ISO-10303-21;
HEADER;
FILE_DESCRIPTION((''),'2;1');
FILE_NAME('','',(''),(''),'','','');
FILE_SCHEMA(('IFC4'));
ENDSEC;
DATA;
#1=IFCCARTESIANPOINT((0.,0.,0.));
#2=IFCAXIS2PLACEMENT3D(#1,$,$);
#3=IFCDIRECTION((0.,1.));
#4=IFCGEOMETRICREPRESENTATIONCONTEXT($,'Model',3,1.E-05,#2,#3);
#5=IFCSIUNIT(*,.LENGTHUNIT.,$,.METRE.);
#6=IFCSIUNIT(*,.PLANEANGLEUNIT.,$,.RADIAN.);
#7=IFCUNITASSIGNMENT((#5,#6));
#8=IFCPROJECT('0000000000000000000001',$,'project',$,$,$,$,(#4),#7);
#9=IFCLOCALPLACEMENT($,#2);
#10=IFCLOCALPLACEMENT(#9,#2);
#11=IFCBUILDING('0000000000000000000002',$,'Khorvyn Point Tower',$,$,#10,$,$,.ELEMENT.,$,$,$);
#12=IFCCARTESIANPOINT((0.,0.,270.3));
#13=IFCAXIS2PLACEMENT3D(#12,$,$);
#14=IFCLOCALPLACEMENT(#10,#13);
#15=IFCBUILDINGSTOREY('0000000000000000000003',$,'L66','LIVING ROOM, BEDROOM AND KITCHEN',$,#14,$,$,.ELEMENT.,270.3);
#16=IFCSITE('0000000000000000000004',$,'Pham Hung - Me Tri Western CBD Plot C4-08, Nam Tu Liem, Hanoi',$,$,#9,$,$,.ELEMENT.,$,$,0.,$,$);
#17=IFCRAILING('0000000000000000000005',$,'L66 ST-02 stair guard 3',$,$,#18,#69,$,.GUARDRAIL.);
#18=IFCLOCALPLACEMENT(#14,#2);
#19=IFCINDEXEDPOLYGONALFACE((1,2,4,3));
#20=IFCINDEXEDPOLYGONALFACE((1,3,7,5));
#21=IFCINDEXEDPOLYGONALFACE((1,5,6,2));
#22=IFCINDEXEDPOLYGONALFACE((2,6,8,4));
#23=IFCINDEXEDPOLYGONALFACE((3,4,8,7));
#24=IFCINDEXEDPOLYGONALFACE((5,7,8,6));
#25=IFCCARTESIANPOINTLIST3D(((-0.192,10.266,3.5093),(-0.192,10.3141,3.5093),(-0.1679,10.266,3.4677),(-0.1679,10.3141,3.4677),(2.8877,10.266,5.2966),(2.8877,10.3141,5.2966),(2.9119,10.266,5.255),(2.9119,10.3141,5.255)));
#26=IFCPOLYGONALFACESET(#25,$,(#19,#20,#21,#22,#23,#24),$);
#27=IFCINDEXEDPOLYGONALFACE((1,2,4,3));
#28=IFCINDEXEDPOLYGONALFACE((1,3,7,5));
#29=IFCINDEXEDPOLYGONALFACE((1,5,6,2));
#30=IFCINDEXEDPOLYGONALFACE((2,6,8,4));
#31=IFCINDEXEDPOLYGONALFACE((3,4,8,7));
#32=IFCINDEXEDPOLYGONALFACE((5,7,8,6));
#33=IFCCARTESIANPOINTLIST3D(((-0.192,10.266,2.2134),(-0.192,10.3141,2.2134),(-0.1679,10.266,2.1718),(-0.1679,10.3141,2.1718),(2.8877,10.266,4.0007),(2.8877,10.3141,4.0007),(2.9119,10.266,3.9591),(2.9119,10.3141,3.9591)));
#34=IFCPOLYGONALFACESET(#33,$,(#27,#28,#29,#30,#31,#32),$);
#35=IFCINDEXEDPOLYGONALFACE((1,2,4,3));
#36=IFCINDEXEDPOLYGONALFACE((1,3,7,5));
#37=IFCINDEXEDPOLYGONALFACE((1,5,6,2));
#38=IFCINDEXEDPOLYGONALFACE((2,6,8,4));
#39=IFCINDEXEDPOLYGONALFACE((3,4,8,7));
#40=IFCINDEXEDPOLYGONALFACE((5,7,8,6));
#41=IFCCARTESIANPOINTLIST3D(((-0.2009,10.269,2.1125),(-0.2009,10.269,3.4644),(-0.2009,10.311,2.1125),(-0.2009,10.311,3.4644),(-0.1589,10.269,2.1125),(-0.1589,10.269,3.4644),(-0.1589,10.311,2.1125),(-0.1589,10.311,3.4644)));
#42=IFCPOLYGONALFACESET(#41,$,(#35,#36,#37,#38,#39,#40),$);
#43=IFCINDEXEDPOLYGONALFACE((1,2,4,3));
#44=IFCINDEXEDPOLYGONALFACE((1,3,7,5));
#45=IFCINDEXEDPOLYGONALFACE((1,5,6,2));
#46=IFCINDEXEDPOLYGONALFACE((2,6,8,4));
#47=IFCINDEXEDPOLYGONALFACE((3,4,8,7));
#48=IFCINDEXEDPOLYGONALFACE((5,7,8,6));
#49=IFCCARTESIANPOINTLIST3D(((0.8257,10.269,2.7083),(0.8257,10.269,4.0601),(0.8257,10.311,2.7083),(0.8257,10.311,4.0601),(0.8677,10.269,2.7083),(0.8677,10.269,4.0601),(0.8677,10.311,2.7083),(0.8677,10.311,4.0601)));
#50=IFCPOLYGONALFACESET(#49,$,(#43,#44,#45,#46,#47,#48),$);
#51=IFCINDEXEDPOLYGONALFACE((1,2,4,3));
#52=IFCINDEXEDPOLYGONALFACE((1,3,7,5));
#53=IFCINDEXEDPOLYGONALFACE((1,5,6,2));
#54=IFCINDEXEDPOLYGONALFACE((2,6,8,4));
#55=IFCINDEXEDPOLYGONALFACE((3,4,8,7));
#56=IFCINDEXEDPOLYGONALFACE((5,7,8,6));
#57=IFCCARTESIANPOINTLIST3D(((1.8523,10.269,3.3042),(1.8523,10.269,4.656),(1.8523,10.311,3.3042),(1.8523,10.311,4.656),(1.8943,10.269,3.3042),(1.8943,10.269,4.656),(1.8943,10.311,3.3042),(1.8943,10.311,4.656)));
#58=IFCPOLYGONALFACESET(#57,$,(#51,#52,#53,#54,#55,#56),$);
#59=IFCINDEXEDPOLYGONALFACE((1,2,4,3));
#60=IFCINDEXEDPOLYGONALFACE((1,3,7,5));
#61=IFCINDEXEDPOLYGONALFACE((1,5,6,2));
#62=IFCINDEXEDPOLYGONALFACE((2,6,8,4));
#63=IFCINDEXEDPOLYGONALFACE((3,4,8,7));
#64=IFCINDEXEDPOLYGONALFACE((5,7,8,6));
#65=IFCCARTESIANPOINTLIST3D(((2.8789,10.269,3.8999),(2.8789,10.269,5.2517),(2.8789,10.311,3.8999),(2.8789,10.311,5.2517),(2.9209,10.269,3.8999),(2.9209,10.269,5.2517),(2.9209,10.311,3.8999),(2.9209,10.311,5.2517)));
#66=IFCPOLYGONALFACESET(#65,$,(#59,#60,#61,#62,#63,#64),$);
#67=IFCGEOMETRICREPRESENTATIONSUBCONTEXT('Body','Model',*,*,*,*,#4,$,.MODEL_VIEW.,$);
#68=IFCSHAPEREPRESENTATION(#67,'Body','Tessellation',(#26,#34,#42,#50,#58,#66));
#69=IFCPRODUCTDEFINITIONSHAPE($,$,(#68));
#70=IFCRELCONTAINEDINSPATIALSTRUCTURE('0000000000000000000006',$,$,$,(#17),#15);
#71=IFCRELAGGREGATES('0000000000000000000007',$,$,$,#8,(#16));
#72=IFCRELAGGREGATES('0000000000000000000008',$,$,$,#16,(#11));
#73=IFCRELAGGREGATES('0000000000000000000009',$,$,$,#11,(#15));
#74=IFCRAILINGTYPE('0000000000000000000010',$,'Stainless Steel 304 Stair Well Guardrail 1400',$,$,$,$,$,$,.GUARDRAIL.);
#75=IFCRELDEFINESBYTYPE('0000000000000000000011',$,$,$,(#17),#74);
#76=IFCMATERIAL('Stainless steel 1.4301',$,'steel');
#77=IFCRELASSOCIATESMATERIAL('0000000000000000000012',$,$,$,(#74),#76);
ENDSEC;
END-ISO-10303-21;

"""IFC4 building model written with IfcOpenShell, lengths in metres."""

from ifc_helpers import new_model, si_unit, direction, frame, origin, origin_2d, place, context, subcontext, project, spatial, rectangle, extrude, material, type_object, element, save


model = new_model("IFC4")

# Units and contexts
model_context = context("Model", 3, precision=1e-05, world=origin(), true_north=direction((0.0, 1.0)))
body_context = subcontext(model_context, "Body", "Model", "MODEL_VIEW")
ifc_project = project(units=[si_unit("LENGTHUNIT", "METRE"), si_unit("PLANEANGLEUNIT", "RADIAN")], contexts=[model_context])

# Site, building, storey
site_placement = place(None, origin())
site = spatial("IfcSite", under=ifc_project, at=site_placement, Name="Pham Hung - Me Tri Western CBD Plot C4-08, Nam Tu Liem, Hanoi", CompositionType="ELEMENT", RefElevation=0.0)
building_placement = place(site_placement, origin())
building = spatial("IfcBuilding", under=site, at=building_placement, Name="Khorvyn Point Tower", CompositionType="ELEMENT")
storey_placement = place(building_placement, frame((0.0, 0.0, 270.3)))
storey = spatial("IfcBuildingStorey", under=building, at=storey_placement, Name="L66", Description="LIVING ROOM, BEDROOM AND KITCHEN", CompositionType="ELEMENT", Elevation=270.3)

# Railing
ifc_material_1 = material(Name="Stainless steel 1.4301", Category="steel")
railing_type_1 = type_object("IfcRailingType", Name="Stainless Steel 304 Stair Well Guardrail 1400", PredefinedType="GUARDRAIL", material=ifc_material_1)
railing_1_placement = place(storey_placement, frame((-0.1799, 10.29, 2.1125)))
element("IfcRailing", 1, at=railing_1_placement, inside=storey, type_object=railing_type_1, Name="L66 ST-02 stair guard 3", PredefinedType="GUARDRAIL", context=body_context, shape_type="SweptSolid", body=[
    extrude(rectangle(XDim=0.0481, YDim=0.0481, at=origin_2d()), frame((0.0, 0.0, 1.376), z_axis=(0.864903, 0.0, 0.501939), x_axis=(0.0, 1.0, 0.0)), (0.0, 0.0, 1.0), 3.5608),
    extrude(rectangle(XDim=0.0481, YDim=0.0481, at=origin_2d()), frame((0.0, 0.0, 0.0801), z_axis=(0.864903, 0.0, 0.501939), x_axis=(0.0, 1.0, 0.0)), (0.0, 0.0, 1.0), 3.5608),
    extrude(rectangle(XDim=0.042, YDim=0.042, at=origin_2d()), origin(), (0.0, 0.0, 1.0), 1.3518),
    extrude(rectangle(XDim=0.042, YDim=0.042, at=origin_2d()), frame((1.0266, 0.0, 0.5957)), (0.0, 0.0, 1.0), 1.3518),
    extrude(rectangle(XDim=0.042, YDim=0.042, at=origin_2d()), frame((2.0532, 0.0, 1.1917)), (0.0, 0.0, 1.0), 1.3518),
    extrude(rectangle(XDim=0.042, YDim=0.042, at=origin_2d()), frame((3.0798, 0.0, 1.7874)), (0.0, 0.0, 1.0), 1.3518),
])

save(model, "model.ifc")
